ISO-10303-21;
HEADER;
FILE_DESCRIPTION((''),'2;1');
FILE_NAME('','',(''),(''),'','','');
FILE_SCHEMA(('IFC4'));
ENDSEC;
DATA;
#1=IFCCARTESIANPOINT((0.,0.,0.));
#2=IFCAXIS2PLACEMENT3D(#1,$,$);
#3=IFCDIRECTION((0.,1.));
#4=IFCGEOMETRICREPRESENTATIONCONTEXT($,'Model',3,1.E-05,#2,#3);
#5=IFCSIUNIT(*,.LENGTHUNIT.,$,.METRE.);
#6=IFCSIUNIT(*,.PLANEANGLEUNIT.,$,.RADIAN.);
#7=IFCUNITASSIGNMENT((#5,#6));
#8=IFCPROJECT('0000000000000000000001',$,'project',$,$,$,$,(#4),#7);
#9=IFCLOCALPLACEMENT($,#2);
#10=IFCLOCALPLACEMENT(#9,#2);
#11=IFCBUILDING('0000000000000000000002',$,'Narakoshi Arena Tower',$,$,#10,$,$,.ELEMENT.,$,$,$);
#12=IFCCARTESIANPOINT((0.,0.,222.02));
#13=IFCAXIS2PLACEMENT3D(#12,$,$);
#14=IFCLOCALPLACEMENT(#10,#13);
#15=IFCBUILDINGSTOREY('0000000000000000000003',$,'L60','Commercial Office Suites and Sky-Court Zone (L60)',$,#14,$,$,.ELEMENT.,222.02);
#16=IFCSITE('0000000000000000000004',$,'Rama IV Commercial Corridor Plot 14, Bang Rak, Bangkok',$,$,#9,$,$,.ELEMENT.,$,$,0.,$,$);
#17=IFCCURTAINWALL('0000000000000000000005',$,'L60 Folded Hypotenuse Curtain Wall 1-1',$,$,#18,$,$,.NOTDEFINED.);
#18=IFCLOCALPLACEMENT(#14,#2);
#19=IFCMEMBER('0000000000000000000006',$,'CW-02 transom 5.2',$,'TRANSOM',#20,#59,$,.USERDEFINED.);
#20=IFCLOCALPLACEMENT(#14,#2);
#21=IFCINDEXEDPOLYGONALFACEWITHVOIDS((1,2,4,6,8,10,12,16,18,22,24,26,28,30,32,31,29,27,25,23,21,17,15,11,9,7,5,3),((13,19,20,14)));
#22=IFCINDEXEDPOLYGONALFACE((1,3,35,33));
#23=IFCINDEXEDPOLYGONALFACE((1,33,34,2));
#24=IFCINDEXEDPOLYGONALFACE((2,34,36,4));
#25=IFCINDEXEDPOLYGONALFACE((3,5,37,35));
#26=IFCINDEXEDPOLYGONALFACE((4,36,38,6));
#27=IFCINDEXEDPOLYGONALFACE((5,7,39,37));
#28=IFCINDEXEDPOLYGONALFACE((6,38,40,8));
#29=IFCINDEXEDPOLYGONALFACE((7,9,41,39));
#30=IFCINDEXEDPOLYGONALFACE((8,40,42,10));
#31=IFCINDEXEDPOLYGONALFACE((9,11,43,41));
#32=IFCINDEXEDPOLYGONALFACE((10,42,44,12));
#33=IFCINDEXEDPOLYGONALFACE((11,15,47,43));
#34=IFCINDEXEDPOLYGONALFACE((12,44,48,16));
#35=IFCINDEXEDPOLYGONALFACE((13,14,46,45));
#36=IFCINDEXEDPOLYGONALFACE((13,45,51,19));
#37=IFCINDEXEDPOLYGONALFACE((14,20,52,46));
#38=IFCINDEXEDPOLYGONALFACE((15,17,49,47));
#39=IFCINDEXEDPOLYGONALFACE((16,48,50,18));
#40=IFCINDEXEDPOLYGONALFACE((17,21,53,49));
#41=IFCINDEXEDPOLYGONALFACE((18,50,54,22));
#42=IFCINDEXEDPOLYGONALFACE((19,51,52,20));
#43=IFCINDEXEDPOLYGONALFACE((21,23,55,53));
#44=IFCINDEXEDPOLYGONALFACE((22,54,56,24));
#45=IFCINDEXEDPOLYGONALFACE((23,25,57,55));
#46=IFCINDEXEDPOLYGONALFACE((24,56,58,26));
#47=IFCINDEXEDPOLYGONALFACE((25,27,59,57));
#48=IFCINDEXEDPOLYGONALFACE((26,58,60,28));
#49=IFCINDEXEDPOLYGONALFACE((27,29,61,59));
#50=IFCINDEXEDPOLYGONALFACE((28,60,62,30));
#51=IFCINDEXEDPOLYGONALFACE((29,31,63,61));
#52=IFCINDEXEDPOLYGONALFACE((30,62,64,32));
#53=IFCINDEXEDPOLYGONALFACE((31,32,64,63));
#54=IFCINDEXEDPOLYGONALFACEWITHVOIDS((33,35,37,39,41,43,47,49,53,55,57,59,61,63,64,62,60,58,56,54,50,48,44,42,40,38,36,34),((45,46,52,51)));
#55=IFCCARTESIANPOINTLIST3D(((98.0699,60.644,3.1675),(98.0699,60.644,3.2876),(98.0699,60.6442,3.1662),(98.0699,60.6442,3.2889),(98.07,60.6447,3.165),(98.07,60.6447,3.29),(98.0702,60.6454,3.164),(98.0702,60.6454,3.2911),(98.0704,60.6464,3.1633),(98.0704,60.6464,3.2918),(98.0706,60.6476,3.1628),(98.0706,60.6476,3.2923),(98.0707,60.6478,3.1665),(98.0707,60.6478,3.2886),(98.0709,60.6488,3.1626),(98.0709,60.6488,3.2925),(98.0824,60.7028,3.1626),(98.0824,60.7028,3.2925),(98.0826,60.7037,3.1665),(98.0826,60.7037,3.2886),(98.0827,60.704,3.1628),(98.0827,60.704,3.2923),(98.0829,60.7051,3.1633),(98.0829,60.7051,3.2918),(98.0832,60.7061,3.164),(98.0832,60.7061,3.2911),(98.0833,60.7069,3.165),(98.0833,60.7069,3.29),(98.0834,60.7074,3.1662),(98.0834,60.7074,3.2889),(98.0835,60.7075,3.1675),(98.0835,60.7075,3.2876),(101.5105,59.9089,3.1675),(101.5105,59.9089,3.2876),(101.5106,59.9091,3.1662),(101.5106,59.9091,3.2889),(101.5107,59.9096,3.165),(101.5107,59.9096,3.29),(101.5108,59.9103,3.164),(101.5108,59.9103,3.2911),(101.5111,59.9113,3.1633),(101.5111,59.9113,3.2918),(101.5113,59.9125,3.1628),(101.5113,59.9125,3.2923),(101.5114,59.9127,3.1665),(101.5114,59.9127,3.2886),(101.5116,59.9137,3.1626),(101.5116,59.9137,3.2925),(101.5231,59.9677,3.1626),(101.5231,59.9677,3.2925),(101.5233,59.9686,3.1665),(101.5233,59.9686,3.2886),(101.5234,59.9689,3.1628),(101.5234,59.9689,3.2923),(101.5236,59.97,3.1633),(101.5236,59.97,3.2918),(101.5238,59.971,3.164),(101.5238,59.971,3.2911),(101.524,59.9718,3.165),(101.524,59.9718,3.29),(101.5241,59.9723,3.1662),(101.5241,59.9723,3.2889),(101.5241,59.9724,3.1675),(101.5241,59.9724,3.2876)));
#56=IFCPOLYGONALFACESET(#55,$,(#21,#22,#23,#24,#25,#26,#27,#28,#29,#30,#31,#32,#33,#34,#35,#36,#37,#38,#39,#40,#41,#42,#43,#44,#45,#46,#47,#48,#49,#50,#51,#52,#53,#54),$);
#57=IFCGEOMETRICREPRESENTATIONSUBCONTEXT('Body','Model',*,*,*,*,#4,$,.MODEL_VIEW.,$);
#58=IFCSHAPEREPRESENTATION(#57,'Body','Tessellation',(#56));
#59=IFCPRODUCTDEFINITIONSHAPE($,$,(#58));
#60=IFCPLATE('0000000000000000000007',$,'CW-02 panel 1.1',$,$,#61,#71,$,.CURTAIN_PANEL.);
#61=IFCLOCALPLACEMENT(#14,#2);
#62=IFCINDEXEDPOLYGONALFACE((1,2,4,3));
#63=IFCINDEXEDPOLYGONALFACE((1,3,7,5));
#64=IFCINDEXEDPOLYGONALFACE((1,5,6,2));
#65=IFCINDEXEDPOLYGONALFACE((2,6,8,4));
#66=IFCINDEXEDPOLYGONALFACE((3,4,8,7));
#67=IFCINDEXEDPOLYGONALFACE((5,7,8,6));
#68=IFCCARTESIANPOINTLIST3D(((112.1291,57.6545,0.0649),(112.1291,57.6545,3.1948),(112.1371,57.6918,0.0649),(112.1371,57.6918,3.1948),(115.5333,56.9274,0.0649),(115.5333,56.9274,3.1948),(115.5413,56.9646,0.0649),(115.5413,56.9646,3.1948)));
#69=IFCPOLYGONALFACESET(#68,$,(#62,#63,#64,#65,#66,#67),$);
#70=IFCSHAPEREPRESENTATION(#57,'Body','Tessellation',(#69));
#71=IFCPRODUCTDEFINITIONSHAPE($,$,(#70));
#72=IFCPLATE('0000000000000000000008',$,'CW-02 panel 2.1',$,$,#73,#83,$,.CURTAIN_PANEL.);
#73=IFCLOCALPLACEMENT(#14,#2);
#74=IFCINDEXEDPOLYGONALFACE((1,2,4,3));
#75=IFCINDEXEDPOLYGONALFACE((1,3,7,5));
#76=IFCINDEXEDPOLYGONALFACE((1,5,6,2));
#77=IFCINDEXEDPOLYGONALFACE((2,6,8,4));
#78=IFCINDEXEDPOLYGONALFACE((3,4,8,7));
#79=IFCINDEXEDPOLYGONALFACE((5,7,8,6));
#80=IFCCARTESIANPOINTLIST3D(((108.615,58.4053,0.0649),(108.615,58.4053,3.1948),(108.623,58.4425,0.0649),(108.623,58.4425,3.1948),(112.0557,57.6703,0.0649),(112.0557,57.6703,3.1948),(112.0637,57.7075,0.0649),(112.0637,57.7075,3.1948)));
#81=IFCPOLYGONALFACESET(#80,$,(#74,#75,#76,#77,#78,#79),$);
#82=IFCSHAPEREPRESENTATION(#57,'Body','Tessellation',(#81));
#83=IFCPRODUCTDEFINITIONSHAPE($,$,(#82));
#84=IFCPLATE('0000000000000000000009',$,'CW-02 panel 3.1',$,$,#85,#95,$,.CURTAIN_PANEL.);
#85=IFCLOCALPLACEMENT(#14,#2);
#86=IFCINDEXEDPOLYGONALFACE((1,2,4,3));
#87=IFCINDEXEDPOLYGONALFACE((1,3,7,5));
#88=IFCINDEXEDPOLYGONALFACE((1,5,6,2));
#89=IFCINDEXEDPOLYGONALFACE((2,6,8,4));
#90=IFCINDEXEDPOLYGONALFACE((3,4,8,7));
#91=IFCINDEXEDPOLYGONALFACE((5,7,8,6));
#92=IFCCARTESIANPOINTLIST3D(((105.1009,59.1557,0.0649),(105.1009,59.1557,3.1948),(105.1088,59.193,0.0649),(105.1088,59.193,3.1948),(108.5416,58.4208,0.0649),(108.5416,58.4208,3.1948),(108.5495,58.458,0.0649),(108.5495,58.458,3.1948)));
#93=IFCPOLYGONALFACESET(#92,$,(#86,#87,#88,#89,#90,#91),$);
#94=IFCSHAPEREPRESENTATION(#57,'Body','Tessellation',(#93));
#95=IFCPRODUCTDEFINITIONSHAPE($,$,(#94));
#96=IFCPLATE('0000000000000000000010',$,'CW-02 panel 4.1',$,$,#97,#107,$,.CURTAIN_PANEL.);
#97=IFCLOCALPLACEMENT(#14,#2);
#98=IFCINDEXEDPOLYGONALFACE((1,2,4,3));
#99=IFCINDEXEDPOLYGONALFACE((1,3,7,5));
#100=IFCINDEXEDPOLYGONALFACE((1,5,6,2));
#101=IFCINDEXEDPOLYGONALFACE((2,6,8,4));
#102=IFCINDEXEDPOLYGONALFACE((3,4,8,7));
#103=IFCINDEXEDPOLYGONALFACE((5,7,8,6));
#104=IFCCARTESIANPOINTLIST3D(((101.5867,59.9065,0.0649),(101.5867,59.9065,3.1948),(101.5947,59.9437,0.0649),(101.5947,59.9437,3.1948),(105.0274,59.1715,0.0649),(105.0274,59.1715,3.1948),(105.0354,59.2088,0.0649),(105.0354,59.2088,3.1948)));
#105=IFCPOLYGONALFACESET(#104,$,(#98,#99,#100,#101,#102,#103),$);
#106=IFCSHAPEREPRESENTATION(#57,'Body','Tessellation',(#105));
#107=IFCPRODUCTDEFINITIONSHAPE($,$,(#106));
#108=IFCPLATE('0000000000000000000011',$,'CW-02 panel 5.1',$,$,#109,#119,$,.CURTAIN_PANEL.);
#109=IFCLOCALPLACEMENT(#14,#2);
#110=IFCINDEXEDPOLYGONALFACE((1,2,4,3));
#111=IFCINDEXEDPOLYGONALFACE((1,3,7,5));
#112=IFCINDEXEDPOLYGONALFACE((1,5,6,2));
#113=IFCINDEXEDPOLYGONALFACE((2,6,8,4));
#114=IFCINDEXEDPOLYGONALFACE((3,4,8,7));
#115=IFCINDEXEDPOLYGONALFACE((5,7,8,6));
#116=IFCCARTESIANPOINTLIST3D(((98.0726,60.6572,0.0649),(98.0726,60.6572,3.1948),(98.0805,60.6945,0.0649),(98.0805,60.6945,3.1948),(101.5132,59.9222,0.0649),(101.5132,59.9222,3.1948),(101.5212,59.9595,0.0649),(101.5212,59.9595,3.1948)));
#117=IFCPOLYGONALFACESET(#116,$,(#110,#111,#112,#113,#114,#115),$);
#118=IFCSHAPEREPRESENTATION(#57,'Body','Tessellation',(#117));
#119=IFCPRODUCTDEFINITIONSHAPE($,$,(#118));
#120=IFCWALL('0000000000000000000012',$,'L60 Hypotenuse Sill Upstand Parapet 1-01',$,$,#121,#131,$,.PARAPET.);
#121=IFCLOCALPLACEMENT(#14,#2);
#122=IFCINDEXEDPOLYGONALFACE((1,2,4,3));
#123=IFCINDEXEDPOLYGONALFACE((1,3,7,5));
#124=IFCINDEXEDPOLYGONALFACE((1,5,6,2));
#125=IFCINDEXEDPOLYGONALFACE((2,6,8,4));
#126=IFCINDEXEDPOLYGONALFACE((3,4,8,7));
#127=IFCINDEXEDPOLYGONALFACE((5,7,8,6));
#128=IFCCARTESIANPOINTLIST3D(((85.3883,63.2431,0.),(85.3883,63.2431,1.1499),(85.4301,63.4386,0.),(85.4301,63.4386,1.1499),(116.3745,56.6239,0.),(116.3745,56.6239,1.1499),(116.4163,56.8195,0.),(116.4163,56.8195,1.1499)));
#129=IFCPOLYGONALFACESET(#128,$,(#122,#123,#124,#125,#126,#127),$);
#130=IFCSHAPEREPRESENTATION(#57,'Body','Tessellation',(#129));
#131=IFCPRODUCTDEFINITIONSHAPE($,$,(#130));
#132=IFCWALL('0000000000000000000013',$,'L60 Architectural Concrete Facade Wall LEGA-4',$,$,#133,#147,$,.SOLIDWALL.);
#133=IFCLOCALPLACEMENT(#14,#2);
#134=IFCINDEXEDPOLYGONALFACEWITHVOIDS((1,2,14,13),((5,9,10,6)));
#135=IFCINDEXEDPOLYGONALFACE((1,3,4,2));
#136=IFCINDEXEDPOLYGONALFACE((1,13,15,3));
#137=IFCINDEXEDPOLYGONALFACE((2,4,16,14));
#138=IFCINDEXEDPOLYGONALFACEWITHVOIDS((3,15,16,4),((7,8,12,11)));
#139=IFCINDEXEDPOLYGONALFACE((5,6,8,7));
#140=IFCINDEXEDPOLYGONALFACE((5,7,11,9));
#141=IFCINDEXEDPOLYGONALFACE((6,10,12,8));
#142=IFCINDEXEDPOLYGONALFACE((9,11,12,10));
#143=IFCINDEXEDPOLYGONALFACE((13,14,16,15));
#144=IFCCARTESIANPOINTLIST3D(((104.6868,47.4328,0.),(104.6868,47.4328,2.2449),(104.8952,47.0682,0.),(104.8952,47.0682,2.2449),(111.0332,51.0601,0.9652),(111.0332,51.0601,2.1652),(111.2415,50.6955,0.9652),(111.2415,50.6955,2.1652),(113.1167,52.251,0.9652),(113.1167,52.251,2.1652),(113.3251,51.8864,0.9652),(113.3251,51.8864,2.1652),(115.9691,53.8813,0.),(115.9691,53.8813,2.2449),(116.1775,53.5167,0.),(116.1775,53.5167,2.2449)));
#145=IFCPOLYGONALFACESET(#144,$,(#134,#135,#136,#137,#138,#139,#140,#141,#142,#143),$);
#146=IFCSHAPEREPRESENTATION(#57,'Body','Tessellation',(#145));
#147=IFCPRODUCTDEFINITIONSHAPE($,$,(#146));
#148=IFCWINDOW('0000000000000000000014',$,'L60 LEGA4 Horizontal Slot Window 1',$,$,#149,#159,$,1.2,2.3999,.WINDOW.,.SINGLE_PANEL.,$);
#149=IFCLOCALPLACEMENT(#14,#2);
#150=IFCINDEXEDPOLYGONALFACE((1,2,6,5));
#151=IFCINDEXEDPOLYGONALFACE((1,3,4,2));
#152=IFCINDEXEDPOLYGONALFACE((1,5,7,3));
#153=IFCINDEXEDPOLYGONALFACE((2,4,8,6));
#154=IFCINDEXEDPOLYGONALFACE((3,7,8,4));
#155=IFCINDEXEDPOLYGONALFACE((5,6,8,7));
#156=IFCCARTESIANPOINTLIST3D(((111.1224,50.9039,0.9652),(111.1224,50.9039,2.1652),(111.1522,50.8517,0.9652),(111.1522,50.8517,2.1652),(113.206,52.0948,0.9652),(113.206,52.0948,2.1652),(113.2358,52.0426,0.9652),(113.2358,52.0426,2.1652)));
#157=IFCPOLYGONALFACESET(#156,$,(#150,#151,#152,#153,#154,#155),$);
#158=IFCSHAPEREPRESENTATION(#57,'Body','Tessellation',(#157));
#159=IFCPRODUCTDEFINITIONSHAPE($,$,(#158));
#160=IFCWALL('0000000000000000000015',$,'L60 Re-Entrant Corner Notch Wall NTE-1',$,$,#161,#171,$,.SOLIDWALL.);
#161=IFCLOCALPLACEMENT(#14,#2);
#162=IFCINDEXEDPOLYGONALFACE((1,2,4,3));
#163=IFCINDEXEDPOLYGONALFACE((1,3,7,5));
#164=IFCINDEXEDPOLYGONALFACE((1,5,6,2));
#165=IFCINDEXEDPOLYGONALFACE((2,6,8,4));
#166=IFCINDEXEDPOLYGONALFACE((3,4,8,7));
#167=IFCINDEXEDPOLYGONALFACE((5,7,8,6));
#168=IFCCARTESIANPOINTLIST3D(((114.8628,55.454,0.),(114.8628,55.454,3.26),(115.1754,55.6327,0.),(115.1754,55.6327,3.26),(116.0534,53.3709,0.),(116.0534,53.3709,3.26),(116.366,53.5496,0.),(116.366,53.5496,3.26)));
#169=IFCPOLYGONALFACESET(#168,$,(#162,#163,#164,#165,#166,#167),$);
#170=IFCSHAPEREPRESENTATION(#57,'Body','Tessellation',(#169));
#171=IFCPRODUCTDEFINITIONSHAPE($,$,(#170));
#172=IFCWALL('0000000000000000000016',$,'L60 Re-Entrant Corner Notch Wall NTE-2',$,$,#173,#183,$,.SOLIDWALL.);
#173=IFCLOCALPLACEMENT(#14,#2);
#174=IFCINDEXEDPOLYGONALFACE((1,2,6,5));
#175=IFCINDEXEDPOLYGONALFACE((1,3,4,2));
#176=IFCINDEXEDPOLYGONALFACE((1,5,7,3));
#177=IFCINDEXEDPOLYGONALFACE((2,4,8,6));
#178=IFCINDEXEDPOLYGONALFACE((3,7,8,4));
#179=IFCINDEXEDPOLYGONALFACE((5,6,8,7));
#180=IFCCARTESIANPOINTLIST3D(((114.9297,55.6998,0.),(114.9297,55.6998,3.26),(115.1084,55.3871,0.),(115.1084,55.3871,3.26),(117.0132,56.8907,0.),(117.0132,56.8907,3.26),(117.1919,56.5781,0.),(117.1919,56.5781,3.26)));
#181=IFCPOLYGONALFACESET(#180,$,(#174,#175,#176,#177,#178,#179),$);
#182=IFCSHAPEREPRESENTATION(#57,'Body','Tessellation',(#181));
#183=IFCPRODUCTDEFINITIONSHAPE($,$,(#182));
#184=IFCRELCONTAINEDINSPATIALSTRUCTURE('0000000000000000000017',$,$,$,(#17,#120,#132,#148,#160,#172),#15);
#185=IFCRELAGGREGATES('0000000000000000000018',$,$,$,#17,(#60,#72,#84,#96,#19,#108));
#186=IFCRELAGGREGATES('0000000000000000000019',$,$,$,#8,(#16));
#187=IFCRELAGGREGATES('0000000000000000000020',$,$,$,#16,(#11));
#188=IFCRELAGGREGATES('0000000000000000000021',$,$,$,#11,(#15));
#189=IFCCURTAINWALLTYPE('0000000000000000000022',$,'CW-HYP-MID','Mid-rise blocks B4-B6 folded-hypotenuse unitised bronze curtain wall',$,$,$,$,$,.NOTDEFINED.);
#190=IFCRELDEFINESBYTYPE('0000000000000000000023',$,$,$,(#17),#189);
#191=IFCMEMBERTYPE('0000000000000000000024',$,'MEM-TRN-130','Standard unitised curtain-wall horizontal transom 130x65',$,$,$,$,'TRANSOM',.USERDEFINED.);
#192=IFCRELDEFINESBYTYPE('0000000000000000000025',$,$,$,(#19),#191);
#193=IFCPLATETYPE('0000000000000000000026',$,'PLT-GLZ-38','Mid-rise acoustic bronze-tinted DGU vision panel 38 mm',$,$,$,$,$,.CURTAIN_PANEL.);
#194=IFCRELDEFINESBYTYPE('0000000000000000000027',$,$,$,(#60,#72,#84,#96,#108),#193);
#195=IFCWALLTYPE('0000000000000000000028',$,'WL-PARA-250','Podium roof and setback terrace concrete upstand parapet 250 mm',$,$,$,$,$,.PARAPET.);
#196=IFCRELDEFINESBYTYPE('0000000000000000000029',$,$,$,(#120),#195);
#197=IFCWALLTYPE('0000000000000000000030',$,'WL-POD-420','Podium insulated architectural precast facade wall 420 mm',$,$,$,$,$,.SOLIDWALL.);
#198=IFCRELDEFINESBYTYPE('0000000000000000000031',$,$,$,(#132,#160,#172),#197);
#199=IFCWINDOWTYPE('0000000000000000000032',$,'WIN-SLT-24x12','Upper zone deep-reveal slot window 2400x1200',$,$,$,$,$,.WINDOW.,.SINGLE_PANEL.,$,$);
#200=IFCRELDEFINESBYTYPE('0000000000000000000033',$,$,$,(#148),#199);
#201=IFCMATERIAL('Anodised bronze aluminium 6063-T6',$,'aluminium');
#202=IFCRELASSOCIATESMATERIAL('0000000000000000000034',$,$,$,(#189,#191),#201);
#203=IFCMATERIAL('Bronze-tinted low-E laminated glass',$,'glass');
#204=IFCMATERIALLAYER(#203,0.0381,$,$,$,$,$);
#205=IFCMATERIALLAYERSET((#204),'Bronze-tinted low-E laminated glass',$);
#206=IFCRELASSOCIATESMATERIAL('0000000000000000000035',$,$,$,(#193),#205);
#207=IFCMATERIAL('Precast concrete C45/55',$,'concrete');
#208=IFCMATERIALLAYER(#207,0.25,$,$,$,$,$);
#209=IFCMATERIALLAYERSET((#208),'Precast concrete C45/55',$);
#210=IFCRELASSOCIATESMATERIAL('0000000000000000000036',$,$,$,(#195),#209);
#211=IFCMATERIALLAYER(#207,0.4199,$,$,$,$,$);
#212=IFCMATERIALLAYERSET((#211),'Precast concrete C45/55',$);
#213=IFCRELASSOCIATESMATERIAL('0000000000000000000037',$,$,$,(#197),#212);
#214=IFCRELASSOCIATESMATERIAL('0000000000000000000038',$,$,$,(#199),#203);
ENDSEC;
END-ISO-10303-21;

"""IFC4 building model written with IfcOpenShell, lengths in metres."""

from ifc_helpers import new_model, si_unit, direction, frame, frame_2d, origin, origin_2d, place, context, subcontext, project, spatial, rectangle, hollow_rectangle, extrude, material, layer, layer_set, material_profile, profile_set, type_object, element, fill, aggregate, save


model = new_model("IFC4")

# Units and contexts
model_context = context("Model", 3, precision=1e-05, world=origin(), true_north=direction((0.0, 1.0)))
body_context = subcontext(model_context, "Body", "Model", "MODEL_VIEW")
ifc_project = project(units=[si_unit("LENGTHUNIT", "METRE"), si_unit("PLANEANGLEUNIT", "RADIAN")], contexts=[model_context])

# Site, building, storey
site_placement = place(None, origin())
site = spatial("IfcSite", under=ifc_project, at=site_placement, Name="Rama IV Commercial Corridor Plot 14, Bang Rak, Bangkok", CompositionType="ELEMENT", RefElevation=0.0)
building_placement = place(site_placement, origin())
building = spatial("IfcBuilding", under=site, at=building_placement, Name="Narakoshi Arena Tower", CompositionType="ELEMENT")
storey_placement = place(building_placement, frame((0.0, 0.0, 222.02)))
storey = spatial("IfcBuildingStorey", under=building, at=storey_placement, Name="L60", Description="Commercial Office Suites and Sky-Court Zone (L60)", CompositionType="ELEMENT", Elevation=222.02)

# Curtain wall, member, plates
ifc_material_1 = material(Name="Anodised bronze aluminium 6063-T6", Category="aluminium")
curtain_wall_type = type_object("IfcCurtainWallType", Name="CW-HYP-MID", Description="Mid-rise blocks B4-B6 folded-hypotenuse unitised bronze curtain wall", PredefinedType="NOTDEFINED", material=ifc_material_1)
curtain_wall_placement = place(storey_placement, origin())
curtain_wall = element("IfcCurtainWall", 1, at=curtain_wall_placement, inside=storey, type_object=curtain_wall_type, Name="L60 Folded Hypotenuse Curtain Wall 1-1", PredefinedType="NOTDEFINED")
ifc_material_profile_1 = material_profile(ifc_material_1, hollow_rectangle(XDim=0.0649, YDim=0.1299, WallThickness=0.0039, OuterFilletRadius=0.0049, at=origin_2d()), Name="TRN130x65x4")
ifc_profile_set_1 = profile_set([ifc_material_profile_1], Name="Anodised bronze aluminium 6063-T6")
member_type_1 = type_object("IfcMemberType", Name="MEM-TRN-130", Description="Standard unitised curtain-wall horizontal transom 130x65", ElementType="TRANSOM", PredefinedType="USERDEFINED", material=ifc_profile_set_1)
member_1_placement = place(storey_placement, frame((101.5173, 59.9407, 3.2275), z_axis=(-0.977929, 0.208937, 0.0), x_axis=(-0.208937, -0.977929, 0.0)))
member_1 = element("IfcMember", 2, at=member_1_placement, type_object=member_type_1, Name="CW-02 transom 5.2", ObjectType="TRANSOM", PredefinedType="USERDEFINED", context=body_context, shape_type="SweptSolid", body=[
    extrude(hollow_rectangle(XDim=0.0649, YDim=0.1299, WallThickness=0.0039, OuterFilletRadius=0.0049, at=origin_2d()), origin(), (0.0, 0.0, 1.0), 3.5183),
])
ifc_material_2 = material(Name="Bronze-tinted low-E laminated glass", Category="glass")
ifc_layer_1 = layer(ifc_material_2, 0.0381)
ifc_layer_set_1 = layer_set([ifc_layer_1], Name="Bronze-tinted low-E laminated glass")
plate_type = type_object("IfcPlateType", Name="PLT-GLZ-38", Description="Mid-rise acoustic bronze-tinted DGU vision panel 38 mm", PredefinedType="CURTAIN_PANEL", material=ifc_layer_set_1)
plate_1_placement = place(storey_placement, frame((113.8352, 57.3096, 0.0649), z_axis=(0.0, 0.0, 1.0), x_axis=(-0.977937, 0.208899, 0.0)))
plate_1 = element("IfcPlate", 3, at=plate_1_placement, type_object=plate_type, Name="CW-02 panel 1.1", PredefinedType="CURTAIN_PANEL", context=body_context, shape_type="SweptSolid", body=[
    extrude(rectangle(XDim=3.481, YDim=0.0381, at=origin_2d()), origin(), (0.0, 0.0, 1.0), 3.1299),
])
plate_2_placement = place(storey_placement, frame((110.3394, 58.0564, 0.0649), z_axis=(0.0, 0.0, 1.0), x_axis=(-0.977937, 0.208899, 0.0)))
plate_2 = element("IfcPlate", 4, at=plate_2_placement, type_object=plate_type, Name="CW-02 panel 2.1", PredefinedType="CURTAIN_PANEL", context=body_context, shape_type="SweptSolid", body=[
    extrude(rectangle(XDim=3.5183, YDim=0.0381, at=origin_2d()), origin(), (0.0, 0.0, 1.0), 3.1299),
])
plate_3_placement = place(storey_placement, frame((106.8252, 58.8069, 0.0649), z_axis=(0.0, 0.0, 1.0), x_axis=(-0.977937, 0.208899, 0.0)))
plate_3 = element("IfcPlate", 5, at=plate_3_placement, type_object=plate_type, Name="CW-02 panel 3.1", PredefinedType="CURTAIN_PANEL", context=body_context, shape_type="SweptSolid", body=[
    extrude(rectangle(XDim=3.5183, YDim=0.0381, at=origin_2d()), origin(), (0.0, 0.0, 1.0), 3.1299),
])
plate_4_placement = place(storey_placement, frame((103.311, 59.5576, 0.0649), z_axis=(0.0, 0.0, 1.0), x_axis=(-0.977937, 0.208899, 0.0)))
plate_4 = element("IfcPlate", 6, at=plate_4_placement, type_object=plate_type, Name="CW-02 panel 4.1", PredefinedType="CURTAIN_PANEL", context=body_context, shape_type="SweptSolid", body=[
    extrude(rectangle(XDim=3.5183, YDim=0.0381, at=origin_2d()), origin(), (0.0, 0.0, 1.0), 3.1299),
])
plate_5_placement = place(storey_placement, frame((99.7969, 60.3083, 0.0649), z_axis=(0.0, 0.0, 1.0), x_axis=(-0.977937, 0.208899, 0.0)))
plate_5 = element("IfcPlate", 7, at=plate_5_placement, type_object=plate_type, Name="CW-02 panel 5.1", PredefinedType="CURTAIN_PANEL", context=body_context, shape_type="SweptSolid", body=[
    extrude(rectangle(XDim=3.5183, YDim=0.0381, at=origin_2d()), origin(), (0.0, 0.0, 1.0), 3.1299),
])
aggregate(curtain_wall, [plate_1, plate_2, plate_3, plate_4, member_1, plate_5])

# Wall
ifc_material_3 = material(Name="Precast concrete C45/55", Category="concrete")
ifc_layer_2 = layer(ifc_material_3, 0.25)
ifc_layer_set_2 = layer_set([ifc_layer_2], Name="Precast concrete C45/55")
wall_type_1 = type_object("IfcWallType", Name="WL-PARA-250", Description="Podium roof and setback terrace concrete upstand parapet 250 mm", PredefinedType="PARAPET", material=ifc_layer_set_2)
wall_1_placement = place(storey_placement, frame((116.3955, 56.7217, 0.0), z_axis=(0.0, 0.0, 1.0), x_axis=(-0.977937, 0.208902, 0.0)))
element("IfcWall", 8, at=wall_1_placement, inside=storey, type_object=wall_type_1, Name="L60 Hypotenuse Sill Upstand Parapet 1-01", PredefinedType="PARAPET", context=body_context, shape_type="SweptSolid", body=[
    extrude(rectangle(XDim=31.6853, YDim=0.2, at=frame_2d((15.8428, 0.0))), origin(), (0.0, 0.0, 1.0), 1.1499),
])

# Wall, opening, window
ifc_layer_3 = layer(ifc_material_3, 0.4199)
ifc_layer_set_3 = layer_set([ifc_layer_3], Name="Precast concrete C45/55")
wall_type_2 = type_object("IfcWallType", Name="WL-POD-420", Description="Podium insulated architectural precast facade wall 420 mm", PredefinedType="SOLIDWALL", material=ifc_layer_set_3)
wall_2_placement = place(storey_placement, frame((104.791, 47.2505, 0.0), z_axis=(0.0, 0.0, 1.0), x_axis=(0.868193, 0.496226, 0.0)))
wall_2 = element("IfcWall", 9, at=wall_2_placement, inside=storey, type_object=wall_type_2, Name="L60 Architectural Concrete Facade Wall LEGA-4", PredefinedType="SOLIDWALL", context=body_context, shape_type="SweptSolid", body=[
    extrude(rectangle(XDim=12.9951, YDim=0.4199, at=frame_2d((6.4976, 0.0))), origin(), (0.0, 0.0, 1.0), 2.2449),
])
opening_placement = place(wall_2_placement, frame((7.3098, 0.0, 0.9651)))
opening = element("IfcOpeningElement", 10, at=opening_placement, cuts=wall_2, PredefinedType="OPENING", context=body_context, shape_type="SweptSolid", body=[
    extrude(rectangle(XDim=2.3999, YDim=1.2, at=frame_2d((1.2, 0.6001))), frame((0.0, 0.22, 0.0), z_axis=(0.0, -1.0, 0.0), x_axis=(1.0, 0.0, 0.0)), (0.0, 0.0, 1.0), 0.4399),
])
window_type = type_object("IfcWindowType", Name="WIN-SLT-24x12", Description="Upper zone deep-reveal slot window 2400x1200", PartitioningType="SINGLE_PANEL", PredefinedType="WINDOW", material=ifc_material_2)
window_placement = place(opening_placement, origin())
window = element("IfcWindow", 11, at=window_placement, inside=storey, type_object=window_type, Name="L60 LEGA4 Horizontal Slot Window 1", OverallHeight=1.2, OverallWidth=2.3999, PartitioningType="SINGLE_PANEL", PredefinedType="WINDOW", context=body_context, shape_type="SweptSolid", body=[
    extrude(rectangle(XDim=2.3999, YDim=1.2, at=frame_2d((1.2, 0.6001))), frame((0.0, 0.03, 0.0), z_axis=(0.0, -1.0, 0.0), x_axis=(1.0, 0.0, 0.0)), (0.0, 0.0, 1.0), 0.0601),
])
fill(opening, window)

# Walls
wall_3_placement = place(storey_placement, frame((116.2097, 53.4602, 0.0), z_axis=(0.0, 0.0, 1.0), x_axis=(-0.496216, 0.868199, 0.0)))
element("IfcWall", 12, at=wall_3_placement, inside=storey, type_object=wall_type_2, Name="L60 Re-Entrant Corner Notch Wall NTE-1", PredefinedType="SOLIDWALL", context=body_context, shape_type="SweptSolid", body=[
    extrude(rectangle(XDim=2.3994, YDim=0.3601, at=frame_2d((1.1997, 0.0))), origin(), (0.0, 0.0, 1.0), 3.26),
])
wall_4_placement = place(storey_placement, frame((115.019, 55.5435, 0.0), z_axis=(0.0, 0.0, 1.0), x_axis=(0.868181, 0.496248, 0.0)))
element("IfcWall", 13, at=wall_4_placement, inside=storey, type_object=wall_type_2, Name="L60 Re-Entrant Corner Notch Wall NTE-2", PredefinedType="SOLIDWALL", context=body_context, shape_type="SweptSolid", body=[
    extrude(rectangle(XDim=2.3999, YDim=0.3601, at=frame_2d((1.2, 0.0))), origin(), (0.0, 0.0, 1.0), 3.26),
])

save(model, "model.ifc")
